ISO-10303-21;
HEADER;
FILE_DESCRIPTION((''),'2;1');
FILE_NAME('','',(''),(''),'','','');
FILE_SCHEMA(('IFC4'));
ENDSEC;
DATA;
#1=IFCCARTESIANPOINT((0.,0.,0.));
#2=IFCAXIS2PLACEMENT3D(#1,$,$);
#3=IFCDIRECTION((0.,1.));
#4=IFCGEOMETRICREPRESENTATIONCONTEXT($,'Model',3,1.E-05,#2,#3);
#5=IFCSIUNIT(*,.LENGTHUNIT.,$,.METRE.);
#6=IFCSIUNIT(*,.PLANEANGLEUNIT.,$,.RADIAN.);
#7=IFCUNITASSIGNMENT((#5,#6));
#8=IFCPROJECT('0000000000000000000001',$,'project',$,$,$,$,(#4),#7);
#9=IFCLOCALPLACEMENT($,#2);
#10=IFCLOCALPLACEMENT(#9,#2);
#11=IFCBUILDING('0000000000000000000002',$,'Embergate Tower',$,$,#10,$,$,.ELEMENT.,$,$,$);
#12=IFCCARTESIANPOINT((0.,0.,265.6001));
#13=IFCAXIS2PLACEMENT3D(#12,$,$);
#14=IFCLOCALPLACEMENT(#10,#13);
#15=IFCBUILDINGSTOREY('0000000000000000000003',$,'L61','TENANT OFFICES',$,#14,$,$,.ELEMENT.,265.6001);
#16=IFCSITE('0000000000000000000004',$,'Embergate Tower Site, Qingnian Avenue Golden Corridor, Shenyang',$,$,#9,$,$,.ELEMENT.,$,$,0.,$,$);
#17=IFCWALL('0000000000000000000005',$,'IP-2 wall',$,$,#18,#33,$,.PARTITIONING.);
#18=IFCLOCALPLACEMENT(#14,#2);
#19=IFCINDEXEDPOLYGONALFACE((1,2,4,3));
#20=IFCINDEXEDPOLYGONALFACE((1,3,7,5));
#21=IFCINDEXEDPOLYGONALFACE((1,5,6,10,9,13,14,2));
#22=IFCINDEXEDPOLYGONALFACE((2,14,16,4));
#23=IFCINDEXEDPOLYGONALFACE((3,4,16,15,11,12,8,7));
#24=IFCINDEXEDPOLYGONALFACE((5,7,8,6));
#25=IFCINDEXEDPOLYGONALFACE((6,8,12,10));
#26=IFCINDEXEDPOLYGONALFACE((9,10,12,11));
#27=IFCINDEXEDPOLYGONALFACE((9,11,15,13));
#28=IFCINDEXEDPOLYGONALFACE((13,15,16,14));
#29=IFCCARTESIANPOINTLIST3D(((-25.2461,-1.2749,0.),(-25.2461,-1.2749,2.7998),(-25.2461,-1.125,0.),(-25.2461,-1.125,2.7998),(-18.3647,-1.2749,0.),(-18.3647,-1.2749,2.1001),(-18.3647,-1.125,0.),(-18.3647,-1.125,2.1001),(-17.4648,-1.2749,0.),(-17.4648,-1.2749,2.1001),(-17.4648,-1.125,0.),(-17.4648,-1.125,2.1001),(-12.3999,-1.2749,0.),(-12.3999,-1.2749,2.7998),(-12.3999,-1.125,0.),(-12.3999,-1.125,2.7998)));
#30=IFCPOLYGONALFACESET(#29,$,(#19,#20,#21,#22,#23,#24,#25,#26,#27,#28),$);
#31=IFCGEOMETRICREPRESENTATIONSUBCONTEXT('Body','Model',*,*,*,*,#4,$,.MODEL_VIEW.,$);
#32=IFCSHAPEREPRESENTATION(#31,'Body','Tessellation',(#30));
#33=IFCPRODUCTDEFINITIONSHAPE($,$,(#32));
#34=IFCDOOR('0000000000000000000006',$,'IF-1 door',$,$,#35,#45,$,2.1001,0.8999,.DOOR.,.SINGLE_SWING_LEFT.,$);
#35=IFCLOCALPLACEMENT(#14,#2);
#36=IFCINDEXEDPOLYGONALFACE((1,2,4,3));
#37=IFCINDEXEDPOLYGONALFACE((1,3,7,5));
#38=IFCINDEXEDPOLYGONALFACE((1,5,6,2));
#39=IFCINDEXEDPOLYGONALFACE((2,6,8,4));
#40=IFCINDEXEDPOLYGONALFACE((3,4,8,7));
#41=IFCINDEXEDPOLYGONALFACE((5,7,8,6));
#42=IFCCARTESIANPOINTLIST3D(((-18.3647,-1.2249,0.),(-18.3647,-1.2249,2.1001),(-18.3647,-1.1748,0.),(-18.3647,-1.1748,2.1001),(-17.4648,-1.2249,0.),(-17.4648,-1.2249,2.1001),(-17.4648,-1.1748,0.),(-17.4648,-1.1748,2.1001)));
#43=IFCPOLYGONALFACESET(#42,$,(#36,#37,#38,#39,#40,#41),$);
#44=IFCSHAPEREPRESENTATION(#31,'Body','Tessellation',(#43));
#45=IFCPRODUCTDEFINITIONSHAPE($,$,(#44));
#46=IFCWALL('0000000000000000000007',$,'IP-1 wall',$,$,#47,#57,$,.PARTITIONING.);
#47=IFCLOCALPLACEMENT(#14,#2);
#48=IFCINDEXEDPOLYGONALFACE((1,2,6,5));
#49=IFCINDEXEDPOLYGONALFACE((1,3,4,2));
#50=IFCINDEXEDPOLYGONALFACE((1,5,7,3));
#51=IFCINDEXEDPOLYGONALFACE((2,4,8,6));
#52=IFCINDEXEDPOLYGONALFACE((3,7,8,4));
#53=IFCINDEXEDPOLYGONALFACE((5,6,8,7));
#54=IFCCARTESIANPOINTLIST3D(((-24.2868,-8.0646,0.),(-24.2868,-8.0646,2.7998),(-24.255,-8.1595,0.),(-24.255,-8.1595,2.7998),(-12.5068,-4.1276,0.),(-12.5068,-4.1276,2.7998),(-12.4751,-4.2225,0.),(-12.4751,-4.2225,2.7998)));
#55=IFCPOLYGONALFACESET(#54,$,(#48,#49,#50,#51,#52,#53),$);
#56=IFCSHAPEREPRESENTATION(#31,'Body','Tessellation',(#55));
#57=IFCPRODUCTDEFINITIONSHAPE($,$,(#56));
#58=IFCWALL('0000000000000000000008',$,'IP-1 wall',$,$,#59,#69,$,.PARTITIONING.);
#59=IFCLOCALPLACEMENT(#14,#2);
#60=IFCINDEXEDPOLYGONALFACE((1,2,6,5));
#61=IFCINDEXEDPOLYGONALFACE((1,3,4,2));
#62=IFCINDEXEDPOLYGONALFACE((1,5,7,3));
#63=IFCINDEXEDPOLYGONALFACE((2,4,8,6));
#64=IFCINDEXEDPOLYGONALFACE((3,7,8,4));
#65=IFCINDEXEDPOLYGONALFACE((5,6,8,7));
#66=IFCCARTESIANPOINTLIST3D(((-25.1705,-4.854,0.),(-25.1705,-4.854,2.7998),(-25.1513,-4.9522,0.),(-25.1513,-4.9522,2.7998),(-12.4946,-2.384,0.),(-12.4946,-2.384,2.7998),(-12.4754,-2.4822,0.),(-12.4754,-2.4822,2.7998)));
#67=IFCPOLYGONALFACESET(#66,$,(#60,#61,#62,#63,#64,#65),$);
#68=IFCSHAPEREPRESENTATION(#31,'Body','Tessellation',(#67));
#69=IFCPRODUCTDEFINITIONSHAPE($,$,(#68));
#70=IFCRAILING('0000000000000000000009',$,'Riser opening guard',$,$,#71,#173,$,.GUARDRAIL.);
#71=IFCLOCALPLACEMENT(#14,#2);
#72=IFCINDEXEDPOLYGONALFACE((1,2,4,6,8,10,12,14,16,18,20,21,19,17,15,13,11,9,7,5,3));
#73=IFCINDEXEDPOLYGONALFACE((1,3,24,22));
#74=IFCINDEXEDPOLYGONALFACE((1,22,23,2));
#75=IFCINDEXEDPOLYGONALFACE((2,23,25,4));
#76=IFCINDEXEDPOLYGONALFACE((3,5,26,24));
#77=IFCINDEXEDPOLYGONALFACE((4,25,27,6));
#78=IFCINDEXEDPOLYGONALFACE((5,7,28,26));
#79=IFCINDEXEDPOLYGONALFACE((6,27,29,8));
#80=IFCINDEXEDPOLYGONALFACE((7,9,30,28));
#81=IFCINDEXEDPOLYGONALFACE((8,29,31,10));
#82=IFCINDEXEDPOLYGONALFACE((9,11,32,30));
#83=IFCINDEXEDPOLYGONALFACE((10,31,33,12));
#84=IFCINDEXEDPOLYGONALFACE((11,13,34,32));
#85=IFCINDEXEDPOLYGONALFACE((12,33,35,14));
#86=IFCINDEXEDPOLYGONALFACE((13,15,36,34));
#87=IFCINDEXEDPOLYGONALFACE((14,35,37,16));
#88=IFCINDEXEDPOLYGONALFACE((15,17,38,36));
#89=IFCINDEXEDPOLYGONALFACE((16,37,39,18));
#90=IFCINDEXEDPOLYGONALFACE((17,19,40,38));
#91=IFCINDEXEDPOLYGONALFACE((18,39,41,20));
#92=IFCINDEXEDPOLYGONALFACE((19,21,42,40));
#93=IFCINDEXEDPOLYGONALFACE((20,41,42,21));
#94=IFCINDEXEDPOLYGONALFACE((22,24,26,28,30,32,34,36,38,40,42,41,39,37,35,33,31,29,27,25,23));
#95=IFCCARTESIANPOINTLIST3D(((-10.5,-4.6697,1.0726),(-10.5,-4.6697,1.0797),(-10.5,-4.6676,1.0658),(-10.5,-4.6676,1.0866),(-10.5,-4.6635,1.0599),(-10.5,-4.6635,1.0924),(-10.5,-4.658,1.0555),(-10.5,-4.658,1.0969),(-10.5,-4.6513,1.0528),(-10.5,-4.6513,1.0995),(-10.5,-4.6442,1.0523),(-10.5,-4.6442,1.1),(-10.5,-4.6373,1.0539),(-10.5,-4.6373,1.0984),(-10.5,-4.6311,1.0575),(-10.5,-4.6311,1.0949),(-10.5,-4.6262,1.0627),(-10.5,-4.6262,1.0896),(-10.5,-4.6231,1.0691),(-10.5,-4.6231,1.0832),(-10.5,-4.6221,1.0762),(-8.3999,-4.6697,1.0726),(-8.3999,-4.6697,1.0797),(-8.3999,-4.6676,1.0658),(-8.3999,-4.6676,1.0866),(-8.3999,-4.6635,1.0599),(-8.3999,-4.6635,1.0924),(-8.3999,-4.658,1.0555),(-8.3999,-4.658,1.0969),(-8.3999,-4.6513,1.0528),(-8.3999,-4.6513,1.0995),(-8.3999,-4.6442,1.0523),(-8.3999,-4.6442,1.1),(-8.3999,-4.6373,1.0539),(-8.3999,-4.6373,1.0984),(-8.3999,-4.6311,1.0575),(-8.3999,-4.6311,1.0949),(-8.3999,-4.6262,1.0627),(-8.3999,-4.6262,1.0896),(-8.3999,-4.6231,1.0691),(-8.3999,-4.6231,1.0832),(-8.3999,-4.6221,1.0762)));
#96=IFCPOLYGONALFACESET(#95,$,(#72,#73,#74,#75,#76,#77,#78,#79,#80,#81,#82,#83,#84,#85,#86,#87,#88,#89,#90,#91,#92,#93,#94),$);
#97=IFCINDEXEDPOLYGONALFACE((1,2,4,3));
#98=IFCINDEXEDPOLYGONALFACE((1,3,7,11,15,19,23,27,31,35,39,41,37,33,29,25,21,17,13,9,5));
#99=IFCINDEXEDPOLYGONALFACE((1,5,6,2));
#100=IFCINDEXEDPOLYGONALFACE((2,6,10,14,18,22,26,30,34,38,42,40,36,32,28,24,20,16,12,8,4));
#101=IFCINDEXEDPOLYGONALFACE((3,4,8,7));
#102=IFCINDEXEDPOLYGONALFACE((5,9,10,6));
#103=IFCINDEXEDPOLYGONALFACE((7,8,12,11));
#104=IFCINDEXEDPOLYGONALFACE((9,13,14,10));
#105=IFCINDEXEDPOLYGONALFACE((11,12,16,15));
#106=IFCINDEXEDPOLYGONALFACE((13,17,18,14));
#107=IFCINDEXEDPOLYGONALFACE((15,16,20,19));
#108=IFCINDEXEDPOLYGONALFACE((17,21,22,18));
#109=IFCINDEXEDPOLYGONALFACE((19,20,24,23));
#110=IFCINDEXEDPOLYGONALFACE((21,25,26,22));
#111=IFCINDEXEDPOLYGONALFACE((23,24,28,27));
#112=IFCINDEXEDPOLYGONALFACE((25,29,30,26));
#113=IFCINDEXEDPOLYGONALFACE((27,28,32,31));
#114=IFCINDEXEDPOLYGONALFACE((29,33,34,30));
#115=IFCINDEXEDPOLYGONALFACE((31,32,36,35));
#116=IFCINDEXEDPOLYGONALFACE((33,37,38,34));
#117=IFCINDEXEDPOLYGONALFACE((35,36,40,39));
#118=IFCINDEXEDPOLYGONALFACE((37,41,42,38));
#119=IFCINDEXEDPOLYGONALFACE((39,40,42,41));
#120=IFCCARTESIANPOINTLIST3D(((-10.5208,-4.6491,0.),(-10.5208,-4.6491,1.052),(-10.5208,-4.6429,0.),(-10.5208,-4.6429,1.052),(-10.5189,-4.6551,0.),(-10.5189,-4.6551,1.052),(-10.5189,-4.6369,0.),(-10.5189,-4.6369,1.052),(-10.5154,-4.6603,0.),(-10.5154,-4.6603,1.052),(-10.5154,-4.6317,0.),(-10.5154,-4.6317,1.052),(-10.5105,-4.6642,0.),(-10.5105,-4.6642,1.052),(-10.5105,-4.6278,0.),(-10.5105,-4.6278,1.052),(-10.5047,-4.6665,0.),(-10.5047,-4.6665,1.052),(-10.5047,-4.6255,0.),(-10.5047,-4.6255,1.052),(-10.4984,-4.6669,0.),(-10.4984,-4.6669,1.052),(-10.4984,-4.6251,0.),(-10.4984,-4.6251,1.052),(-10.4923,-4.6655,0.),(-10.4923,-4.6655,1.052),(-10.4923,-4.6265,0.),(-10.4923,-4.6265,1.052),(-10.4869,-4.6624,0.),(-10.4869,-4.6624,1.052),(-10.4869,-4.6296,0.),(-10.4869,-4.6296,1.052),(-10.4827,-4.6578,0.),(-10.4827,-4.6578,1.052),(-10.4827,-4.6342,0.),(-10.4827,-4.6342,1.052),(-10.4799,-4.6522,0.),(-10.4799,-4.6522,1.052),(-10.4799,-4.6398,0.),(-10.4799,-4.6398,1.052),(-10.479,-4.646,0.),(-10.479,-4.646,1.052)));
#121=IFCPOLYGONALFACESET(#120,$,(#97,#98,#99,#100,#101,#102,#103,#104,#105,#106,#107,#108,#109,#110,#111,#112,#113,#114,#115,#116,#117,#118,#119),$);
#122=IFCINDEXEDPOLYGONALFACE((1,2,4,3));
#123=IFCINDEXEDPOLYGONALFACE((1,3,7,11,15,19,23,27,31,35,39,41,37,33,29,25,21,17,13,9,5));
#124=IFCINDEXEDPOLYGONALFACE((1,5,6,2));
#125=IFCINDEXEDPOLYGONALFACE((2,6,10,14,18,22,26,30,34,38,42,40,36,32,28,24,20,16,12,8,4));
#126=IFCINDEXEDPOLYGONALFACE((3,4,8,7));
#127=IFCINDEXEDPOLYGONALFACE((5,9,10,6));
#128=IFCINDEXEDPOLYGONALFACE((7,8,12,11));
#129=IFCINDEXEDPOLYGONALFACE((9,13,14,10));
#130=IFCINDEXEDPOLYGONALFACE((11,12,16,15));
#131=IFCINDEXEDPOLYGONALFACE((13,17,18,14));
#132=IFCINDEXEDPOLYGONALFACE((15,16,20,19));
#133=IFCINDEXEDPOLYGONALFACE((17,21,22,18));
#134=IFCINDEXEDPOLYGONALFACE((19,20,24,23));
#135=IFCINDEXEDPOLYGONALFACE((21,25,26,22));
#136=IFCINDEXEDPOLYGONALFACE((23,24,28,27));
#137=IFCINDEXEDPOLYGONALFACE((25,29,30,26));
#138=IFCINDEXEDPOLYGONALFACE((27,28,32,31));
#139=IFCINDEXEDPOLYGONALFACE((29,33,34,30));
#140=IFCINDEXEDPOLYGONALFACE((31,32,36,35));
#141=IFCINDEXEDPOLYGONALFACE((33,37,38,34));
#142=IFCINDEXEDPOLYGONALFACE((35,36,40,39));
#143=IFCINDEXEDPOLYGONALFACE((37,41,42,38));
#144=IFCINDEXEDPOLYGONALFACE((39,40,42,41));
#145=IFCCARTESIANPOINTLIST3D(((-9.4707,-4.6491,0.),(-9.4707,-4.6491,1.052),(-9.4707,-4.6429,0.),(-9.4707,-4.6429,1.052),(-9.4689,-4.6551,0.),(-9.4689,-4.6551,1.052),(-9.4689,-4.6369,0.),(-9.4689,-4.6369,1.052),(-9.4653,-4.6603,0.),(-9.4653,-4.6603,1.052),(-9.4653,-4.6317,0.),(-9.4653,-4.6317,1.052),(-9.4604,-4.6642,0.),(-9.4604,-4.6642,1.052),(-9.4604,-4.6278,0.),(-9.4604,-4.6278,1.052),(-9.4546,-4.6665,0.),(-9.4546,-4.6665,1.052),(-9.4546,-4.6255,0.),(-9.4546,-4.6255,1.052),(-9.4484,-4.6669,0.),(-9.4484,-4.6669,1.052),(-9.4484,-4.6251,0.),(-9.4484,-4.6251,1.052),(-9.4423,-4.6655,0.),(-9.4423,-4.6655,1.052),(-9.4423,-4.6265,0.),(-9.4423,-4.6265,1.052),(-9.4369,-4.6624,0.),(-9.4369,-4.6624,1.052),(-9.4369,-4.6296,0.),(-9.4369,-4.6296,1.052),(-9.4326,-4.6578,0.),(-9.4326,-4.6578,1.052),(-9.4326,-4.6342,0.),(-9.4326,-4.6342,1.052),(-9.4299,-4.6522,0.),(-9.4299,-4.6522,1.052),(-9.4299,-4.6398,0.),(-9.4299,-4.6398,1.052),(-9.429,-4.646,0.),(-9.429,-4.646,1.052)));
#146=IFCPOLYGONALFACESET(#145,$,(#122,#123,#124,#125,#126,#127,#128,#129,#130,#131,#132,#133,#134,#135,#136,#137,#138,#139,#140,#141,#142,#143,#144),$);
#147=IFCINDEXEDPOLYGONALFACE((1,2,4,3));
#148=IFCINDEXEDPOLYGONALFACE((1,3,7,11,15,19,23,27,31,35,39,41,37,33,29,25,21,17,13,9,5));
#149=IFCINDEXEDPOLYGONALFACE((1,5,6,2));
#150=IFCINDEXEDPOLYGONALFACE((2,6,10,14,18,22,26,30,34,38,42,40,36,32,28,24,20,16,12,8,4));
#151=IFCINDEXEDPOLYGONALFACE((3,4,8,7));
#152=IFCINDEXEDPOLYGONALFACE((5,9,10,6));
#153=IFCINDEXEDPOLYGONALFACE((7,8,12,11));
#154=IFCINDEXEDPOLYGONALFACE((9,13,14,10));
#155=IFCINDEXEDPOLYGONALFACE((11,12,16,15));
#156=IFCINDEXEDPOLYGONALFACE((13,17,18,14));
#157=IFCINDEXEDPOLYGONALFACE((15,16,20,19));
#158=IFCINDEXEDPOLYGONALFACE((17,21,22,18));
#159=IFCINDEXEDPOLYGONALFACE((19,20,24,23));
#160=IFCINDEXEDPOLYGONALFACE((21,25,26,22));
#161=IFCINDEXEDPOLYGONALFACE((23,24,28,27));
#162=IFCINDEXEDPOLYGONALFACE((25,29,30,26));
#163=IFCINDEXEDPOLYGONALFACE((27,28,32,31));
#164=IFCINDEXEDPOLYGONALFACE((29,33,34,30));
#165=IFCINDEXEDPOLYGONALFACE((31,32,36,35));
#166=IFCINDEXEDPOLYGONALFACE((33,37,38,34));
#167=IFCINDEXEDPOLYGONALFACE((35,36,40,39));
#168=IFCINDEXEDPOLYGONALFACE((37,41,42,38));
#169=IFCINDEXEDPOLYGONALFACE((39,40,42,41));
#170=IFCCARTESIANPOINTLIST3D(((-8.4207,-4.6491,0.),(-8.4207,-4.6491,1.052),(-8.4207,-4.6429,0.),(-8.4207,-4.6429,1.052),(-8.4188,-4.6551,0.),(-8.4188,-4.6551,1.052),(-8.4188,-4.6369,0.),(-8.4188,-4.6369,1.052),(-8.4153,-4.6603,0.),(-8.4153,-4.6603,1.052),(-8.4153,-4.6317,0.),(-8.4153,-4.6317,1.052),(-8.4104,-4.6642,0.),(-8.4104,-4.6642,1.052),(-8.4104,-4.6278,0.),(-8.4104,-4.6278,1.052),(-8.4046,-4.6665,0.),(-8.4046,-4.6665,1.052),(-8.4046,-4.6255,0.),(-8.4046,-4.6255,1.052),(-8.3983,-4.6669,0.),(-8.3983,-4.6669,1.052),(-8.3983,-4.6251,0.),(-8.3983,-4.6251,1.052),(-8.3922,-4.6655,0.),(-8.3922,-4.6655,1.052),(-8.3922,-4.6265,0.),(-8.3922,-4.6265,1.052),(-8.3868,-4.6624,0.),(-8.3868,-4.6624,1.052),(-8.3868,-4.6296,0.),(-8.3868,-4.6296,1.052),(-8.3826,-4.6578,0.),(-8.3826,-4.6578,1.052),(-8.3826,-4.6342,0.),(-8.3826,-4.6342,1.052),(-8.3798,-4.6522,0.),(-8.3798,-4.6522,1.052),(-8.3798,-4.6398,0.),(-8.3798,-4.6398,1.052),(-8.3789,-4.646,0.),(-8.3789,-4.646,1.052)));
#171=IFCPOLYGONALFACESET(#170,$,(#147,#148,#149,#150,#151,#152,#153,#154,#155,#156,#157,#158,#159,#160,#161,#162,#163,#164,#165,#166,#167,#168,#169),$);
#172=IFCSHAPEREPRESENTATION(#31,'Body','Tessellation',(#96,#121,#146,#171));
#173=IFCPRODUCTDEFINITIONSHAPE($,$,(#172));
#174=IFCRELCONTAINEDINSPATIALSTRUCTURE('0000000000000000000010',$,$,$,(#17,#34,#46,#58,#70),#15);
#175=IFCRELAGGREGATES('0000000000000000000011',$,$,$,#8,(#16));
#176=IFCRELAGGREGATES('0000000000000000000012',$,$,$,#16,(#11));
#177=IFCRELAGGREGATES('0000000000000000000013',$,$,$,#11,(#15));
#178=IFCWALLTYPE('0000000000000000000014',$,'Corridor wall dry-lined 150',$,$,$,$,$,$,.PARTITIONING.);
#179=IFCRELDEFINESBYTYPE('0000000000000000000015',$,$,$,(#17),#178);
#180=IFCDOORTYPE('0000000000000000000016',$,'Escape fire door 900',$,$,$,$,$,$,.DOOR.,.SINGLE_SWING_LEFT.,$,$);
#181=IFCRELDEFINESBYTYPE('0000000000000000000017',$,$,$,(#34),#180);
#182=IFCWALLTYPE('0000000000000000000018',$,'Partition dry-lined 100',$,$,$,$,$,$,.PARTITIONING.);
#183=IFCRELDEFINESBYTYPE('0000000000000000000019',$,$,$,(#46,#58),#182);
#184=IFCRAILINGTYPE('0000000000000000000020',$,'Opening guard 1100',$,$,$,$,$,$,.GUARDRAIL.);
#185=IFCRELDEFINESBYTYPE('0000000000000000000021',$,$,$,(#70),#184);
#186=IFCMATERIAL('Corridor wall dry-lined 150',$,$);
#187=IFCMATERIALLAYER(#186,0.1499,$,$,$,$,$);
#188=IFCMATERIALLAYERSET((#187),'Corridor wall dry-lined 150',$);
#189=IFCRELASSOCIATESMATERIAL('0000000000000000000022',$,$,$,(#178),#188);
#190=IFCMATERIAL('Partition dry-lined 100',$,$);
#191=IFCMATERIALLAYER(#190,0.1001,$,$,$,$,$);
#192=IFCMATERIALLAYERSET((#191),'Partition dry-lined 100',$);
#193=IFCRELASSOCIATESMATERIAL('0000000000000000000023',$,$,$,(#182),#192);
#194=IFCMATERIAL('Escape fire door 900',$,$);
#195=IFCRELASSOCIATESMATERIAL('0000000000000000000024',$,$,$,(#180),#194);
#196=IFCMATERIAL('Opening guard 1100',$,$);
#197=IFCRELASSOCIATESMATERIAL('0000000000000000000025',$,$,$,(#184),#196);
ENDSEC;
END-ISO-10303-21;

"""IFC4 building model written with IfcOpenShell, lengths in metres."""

from ifc_helpers import new_model, si_unit, direction, frame, frame_2d, origin, origin_2d, place, context, subcontext, project, spatial, rectangle, circle, extrude, source, transform, mapped, material, layer, layer_set, type_object, element, fill, save


model = new_model("IFC4")

# Units and contexts
model_context = context("Model", 3, precision=1e-05, world=origin(), true_north=direction((0.0, 1.0)))
body_context = subcontext(model_context, "Body", "Model", "MODEL_VIEW")
ifc_project = project(units=[si_unit("LENGTHUNIT", "METRE"), si_unit("PLANEANGLEUNIT", "RADIAN")], contexts=[model_context])

# Site, building, storey
site_placement = place(None, origin())
site = spatial("IfcSite", under=ifc_project, at=site_placement, Name="Embergate Tower Site, Qingnian Avenue Golden Corridor, Shenyang", CompositionType="ELEMENT", RefElevation=0.0)
building_placement = place(site_placement, origin())
building = spatial("IfcBuilding", under=site, at=building_placement, Name="Embergate Tower", CompositionType="ELEMENT")
storey_placement = place(building_placement, frame((0.0, 0.0, 265.6001)))
storey = spatial("IfcBuildingStorey", under=building, at=storey_placement, Name="L61", Description="TENANT OFFICES", CompositionType="ELEMENT", Elevation=265.6001)

# Shared definitions
ifc_material_1 = material(Name="Corridor wall dry-lined 150")
ifc_layer_1 = layer(ifc_material_1, 0.1499)
ifc_layer_set_1 = layer_set([ifc_layer_1], Name="Corridor wall dry-lined 150")
wall_type_1 = type_object("IfcWallType", Name="Corridor wall dry-lined 150", PredefinedType="PARTITIONING", material=ifc_layer_set_1)
ifc_material_2 = material(Name="Partition dry-lined 100")
ifc_layer_2 = layer(ifc_material_2, 0.1001)
ifc_layer_set_2 = layer_set([ifc_layer_2], Name="Partition dry-lined 100")
wall_type_2 = type_object("IfcWallType", Name="Partition dry-lined 100", PredefinedType="PARTITIONING", material=ifc_layer_set_2)

# Wall, opening, door
shared_shape_1 = source(origin(), body_context, "Body", "SweptSolid", [
    extrude(rectangle(XDim=12.8462, YDim=0.1499, at=frame_2d((6.4231, 0.0))), origin(), (0.0, 0.0, 1.0), 2.7998),
])
wall_1_placement = place(storey_placement, frame((-12.3999, -1.2, 0.0), z_axis=(0.0, 0.0, 1.0), x_axis=(-1.0, 0.0, 0.0)))
wall_1 = element("IfcWall", 1, at=wall_1_placement, inside=storey, type_object=wall_type_1, Name="IP-2 wall", PredefinedType="PARTITIONING", context=body_context, shape_type="MappedRepresentation", body=[
    mapped(shared_shape_1, transform((0.0, 0.0, 0.0))),
])
shared_shape_2 = source(origin(), body_context, "Body", "SweptSolid", [
    extrude(rectangle(XDim=0.8999, YDim=2.1001, at=frame_2d((0.45, 1.05))), frame((0.0, 0.085, 0.0), z_axis=(0.0, -1.0, 0.0), x_axis=(1.0, 0.0, 0.0)), (0.0, 0.0, 1.0), 0.1699),
])
opening_1_placement = place(wall_1_placement, frame((5.0649, 0.0, 0.0)))
opening_1 = element("IfcOpeningElement", 2, at=opening_1_placement, cuts=wall_1, PredefinedType="OPENING", context=body_context, shape_type="MappedRepresentation", body=[
    mapped(shared_shape_2, transform((0.0, 0.0, 0.0))),
])
ifc_material_3 = material(Name="Escape fire door 900")
door_type_1 = type_object("IfcDoorType", Name="Escape fire door 900", OperationType="SINGLE_SWING_LEFT", PredefinedType="DOOR", material=ifc_material_3)
shared_shape_3 = source(origin(), body_context, "Body", "SweptSolid", [
    extrude(rectangle(XDim=0.8999, YDim=2.1001, at=frame_2d((0.45, 1.05))), frame((0.0, 0.0249, 0.0), z_axis=(0.0, -1.0, 0.0), x_axis=(1.0, 0.0, 0.0)), (0.0, 0.0, 1.0), 0.05),
])
door_1_placement = place(opening_1_placement, origin())
door_1 = element("IfcDoor", 3, at=door_1_placement, inside=storey, type_object=door_type_1, Name="IF-1 door", OperationType="SINGLE_SWING_LEFT", OverallHeight=2.1001, OverallWidth=0.8999, PredefinedType="DOOR", context=body_context, shape_type="MappedRepresentation", body=[
    mapped(shared_shape_3, transform((0.0, 0.0, 0.0))),
])
fill(opening_1, door_1)

# Walls
shared_shape_4 = source(origin(), body_context, "Body", "SweptSolid", [
    extrude(rectangle(XDim=12.4204, YDim=0.1001, at=frame_2d((6.2102, 0.0))), origin(), (0.0, 0.0, 1.0), 2.7998),
])
wall_2_placement = place(storey_placement, frame((-12.491, -4.175, 0.0), z_axis=(0.0, 0.0, 1.0), x_axis=(-0.948433, -0.316977, 0.0)))
element("IfcWall", 4, at=wall_2_placement, inside=storey, type_object=wall_type_2, Name="IP-1 wall", PredefinedType="PARTITIONING", context=body_context, shape_type="MappedRepresentation", body=[
    mapped(shared_shape_4, transform((0.0, 0.0, 0.0))),
])
shared_shape_5 = source(origin(), body_context, "Body", "SweptSolid", [
    extrude(rectangle(XDim=12.9143, YDim=0.1001, at=frame_2d((6.457, 0.0))), origin(), (0.0, 0.0, 1.0), 2.7998),
])
wall_3_placement = place(storey_placement, frame((-12.4851, -2.4331, 0.0), z_axis=(0.0, 0.0, 1.0), x_axis=(-0.981539, -0.19126, 0.0)))
element("IfcWall", 5, at=wall_3_placement, inside=storey, type_object=wall_type_2, Name="IP-1 wall", PredefinedType="PARTITIONING", context=body_context, shape_type="MappedRepresentation", body=[
    mapped(shared_shape_5, transform((0.0, 0.0, 0.0))),
])

# Railing
ifc_material_4 = material(Name="Opening guard 1100")
railing_type = type_object("IfcRailingType", Name="Opening guard 1100", PredefinedType="GUARDRAIL", material=ifc_material_4)
shared_shape_6 = source(origin(), body_context, "Body", "SweptSolid", [
    extrude(circle(Radius=0.0239, at=origin_2d()), frame((0.0, 0.0, 1.0762), z_axis=(1.0, 0.0, 0.0), x_axis=(0.0, 1.0, 0.0)), (0.0, 0.0, 1.0), 2.1001),
    extrude(circle(Radius=0.021, at=origin_2d()), origin(), (0.0, 0.0, 1.0), 1.052),
    extrude(circle(Radius=0.021, at=origin_2d()), frame((1.05, 0.0, 0.0)), (0.0, 0.0, 1.0), 1.052),
    extrude(circle(Radius=0.021, at=origin_2d()), frame((2.1001, 0.0, 0.0)), (0.0, 0.0, 1.0), 1.052),
])
railing_placement = place(storey_placement, frame((-10.5, -4.646, 0.0)))
element("IfcRailing", 6, at=railing_placement, inside=storey, type_object=railing_type, Name="Riser opening guard", PredefinedType="GUARDRAIL", context=body_context, shape_type="MappedRepresentation", body=[
    mapped(shared_shape_6, transform((0.0, 0.0, 0.0))),
])

save(model, "model.ifc")
